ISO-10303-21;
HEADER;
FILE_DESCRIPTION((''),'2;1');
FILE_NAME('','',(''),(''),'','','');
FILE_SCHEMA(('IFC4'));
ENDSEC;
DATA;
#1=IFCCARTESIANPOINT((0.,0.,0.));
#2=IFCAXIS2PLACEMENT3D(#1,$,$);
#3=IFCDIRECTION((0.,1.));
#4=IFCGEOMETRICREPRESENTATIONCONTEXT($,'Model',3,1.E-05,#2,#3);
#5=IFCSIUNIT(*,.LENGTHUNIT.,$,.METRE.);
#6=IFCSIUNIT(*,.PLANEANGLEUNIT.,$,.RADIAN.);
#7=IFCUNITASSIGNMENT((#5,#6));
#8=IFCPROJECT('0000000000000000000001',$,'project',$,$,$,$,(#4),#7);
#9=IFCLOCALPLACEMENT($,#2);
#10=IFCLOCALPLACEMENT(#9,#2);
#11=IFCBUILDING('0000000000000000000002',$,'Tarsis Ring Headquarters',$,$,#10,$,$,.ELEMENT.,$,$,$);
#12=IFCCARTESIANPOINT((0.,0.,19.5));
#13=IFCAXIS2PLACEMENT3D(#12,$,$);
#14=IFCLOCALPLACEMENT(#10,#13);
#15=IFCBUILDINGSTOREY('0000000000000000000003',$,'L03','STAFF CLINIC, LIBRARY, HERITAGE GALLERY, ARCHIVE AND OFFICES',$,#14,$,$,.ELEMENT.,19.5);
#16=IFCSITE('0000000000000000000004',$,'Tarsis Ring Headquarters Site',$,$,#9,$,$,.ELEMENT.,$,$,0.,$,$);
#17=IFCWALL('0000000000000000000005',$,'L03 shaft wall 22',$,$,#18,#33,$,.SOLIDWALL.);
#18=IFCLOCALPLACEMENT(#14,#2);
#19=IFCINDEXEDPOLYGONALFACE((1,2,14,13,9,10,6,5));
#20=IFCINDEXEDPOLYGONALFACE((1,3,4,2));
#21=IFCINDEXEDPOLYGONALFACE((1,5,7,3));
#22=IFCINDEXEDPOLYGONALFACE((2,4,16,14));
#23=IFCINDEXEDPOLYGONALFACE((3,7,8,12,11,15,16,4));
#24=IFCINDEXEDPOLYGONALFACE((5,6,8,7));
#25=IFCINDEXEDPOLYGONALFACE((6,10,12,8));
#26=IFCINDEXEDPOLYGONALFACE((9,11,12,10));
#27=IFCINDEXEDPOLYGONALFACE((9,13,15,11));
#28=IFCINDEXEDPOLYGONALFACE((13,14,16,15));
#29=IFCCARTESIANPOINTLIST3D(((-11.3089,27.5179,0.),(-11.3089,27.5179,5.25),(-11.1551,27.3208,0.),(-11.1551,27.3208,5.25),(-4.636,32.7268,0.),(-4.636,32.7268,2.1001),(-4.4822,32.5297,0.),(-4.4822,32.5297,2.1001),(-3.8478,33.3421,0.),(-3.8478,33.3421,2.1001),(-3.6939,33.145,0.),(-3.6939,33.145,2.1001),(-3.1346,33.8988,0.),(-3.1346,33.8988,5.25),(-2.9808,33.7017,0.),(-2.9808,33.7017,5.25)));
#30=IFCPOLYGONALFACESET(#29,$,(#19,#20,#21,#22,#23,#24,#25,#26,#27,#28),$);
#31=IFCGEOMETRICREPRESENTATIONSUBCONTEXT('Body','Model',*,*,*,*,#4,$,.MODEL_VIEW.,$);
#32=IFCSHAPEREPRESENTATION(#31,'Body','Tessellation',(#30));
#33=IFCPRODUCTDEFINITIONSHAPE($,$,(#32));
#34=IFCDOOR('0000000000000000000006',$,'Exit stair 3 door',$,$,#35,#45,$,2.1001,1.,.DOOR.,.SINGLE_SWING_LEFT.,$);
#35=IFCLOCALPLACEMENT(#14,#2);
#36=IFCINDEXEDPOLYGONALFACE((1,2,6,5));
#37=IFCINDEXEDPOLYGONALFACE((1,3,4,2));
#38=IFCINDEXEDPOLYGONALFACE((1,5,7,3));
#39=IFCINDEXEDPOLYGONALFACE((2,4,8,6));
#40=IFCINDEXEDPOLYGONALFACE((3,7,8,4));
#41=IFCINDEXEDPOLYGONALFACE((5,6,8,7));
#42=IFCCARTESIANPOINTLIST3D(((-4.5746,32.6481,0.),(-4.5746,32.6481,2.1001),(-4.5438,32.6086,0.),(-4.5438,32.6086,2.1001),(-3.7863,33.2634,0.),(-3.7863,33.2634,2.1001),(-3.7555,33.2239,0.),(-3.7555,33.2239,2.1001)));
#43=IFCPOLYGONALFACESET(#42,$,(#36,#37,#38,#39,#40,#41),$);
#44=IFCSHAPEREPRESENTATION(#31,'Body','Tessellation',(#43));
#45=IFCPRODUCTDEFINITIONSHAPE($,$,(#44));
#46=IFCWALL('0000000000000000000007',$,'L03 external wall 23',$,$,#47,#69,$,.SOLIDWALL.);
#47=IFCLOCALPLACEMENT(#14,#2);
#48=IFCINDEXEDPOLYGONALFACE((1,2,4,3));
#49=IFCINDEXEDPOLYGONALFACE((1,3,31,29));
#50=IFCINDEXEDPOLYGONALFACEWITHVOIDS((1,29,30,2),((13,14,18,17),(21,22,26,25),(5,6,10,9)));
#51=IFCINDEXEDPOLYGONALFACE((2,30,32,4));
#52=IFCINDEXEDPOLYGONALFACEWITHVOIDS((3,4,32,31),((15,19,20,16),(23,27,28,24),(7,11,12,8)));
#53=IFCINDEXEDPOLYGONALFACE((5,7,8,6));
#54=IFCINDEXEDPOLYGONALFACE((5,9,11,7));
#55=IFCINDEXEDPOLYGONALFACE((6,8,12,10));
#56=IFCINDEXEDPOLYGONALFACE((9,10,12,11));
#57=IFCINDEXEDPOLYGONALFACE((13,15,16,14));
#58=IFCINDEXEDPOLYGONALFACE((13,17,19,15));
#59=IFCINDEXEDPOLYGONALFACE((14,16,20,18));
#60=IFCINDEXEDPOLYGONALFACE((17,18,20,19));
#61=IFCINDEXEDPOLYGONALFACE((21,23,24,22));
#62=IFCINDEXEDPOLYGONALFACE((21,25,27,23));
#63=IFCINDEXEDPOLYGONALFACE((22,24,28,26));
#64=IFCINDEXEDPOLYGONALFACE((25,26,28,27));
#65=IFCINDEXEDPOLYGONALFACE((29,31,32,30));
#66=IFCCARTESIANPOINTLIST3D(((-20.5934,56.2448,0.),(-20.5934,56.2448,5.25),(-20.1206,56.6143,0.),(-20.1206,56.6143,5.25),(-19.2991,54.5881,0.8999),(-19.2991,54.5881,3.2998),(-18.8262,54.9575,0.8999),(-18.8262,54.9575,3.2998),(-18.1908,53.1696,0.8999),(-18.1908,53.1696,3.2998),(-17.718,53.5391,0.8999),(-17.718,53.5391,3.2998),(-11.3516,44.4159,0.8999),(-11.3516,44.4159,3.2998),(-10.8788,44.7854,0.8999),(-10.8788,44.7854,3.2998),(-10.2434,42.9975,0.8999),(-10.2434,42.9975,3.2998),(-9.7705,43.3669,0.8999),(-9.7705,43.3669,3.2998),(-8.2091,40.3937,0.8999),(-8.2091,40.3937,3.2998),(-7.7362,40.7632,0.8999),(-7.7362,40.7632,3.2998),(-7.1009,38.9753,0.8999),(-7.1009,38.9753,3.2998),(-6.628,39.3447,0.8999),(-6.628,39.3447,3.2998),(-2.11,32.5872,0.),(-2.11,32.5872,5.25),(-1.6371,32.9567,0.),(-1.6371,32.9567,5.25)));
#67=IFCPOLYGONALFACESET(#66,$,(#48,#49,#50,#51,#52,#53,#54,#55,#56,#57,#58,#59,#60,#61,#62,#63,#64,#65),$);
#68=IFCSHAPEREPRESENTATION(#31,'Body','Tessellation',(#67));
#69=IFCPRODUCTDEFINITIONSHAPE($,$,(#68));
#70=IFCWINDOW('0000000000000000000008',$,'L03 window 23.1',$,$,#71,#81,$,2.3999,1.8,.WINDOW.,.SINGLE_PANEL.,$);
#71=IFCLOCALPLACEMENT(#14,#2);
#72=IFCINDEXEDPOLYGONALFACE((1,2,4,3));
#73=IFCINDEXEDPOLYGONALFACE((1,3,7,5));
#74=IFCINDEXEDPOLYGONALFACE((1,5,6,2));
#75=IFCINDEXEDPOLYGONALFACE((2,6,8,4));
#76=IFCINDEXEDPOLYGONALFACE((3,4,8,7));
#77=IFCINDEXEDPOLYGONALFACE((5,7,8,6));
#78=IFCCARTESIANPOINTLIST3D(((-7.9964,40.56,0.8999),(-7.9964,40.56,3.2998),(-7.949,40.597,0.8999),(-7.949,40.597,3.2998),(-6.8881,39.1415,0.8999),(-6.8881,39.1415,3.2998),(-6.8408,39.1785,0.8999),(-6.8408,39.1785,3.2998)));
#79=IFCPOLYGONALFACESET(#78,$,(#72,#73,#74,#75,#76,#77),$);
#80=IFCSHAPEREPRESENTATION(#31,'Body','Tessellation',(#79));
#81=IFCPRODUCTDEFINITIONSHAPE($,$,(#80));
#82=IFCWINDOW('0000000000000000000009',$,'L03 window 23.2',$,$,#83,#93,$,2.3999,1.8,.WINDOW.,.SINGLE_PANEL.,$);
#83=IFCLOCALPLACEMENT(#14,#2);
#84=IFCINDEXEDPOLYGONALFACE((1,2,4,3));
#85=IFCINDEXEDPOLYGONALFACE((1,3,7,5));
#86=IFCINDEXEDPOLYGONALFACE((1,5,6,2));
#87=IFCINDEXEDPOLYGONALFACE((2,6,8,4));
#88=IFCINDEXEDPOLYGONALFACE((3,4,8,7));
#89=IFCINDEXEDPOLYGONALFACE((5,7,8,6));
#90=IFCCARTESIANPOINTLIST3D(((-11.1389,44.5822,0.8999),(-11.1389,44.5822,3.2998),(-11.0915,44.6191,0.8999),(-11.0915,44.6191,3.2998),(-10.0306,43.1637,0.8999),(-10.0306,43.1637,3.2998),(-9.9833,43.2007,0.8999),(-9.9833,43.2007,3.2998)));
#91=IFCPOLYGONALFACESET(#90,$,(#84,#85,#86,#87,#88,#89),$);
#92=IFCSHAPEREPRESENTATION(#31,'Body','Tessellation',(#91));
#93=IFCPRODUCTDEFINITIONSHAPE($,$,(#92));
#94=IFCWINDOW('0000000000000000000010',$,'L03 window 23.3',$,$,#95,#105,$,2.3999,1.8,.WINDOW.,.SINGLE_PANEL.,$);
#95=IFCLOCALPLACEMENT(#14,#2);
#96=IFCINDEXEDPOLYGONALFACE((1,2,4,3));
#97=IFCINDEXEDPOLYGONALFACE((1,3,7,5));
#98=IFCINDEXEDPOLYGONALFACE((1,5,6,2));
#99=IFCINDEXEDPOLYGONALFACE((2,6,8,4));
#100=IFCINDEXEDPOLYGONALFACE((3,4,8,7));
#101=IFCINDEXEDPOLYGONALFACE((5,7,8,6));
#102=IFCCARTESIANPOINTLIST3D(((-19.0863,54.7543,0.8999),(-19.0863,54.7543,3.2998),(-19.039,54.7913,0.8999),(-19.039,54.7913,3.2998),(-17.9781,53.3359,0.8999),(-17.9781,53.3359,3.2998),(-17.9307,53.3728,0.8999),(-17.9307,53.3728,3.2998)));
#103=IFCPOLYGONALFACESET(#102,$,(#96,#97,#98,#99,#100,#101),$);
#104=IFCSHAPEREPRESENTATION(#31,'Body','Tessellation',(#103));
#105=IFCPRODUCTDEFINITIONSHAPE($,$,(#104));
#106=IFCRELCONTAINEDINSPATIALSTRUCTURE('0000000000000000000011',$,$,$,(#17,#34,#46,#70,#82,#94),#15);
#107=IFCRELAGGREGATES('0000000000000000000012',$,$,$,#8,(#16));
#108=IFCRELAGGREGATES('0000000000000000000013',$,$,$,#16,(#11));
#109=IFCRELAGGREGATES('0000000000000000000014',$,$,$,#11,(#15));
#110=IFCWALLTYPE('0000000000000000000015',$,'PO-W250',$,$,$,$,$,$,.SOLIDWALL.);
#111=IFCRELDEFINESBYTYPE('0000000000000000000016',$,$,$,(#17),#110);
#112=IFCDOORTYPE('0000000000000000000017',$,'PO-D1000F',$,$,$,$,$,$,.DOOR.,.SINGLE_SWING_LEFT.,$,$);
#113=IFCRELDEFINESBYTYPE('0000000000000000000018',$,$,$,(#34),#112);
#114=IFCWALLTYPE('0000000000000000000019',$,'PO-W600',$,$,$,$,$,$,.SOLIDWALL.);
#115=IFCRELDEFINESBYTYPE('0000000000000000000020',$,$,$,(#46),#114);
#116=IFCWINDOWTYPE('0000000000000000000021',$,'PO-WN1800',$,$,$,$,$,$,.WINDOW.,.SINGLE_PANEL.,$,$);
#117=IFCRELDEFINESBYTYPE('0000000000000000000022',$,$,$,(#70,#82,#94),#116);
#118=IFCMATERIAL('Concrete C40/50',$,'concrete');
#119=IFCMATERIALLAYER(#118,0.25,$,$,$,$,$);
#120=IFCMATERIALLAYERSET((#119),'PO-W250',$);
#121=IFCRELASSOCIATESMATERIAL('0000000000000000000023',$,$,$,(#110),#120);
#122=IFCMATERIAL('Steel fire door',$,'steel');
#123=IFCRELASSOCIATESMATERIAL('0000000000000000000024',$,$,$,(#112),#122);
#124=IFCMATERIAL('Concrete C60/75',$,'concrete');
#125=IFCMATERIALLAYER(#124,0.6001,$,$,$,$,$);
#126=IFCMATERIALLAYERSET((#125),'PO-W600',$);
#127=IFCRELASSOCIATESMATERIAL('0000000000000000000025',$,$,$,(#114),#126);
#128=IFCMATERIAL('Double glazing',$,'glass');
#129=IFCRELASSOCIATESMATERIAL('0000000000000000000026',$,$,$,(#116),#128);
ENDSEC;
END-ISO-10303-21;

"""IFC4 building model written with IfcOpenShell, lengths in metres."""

from ifc_helpers import new_model, si_unit, direction, frame, frame_2d, origin, place, context, subcontext, project, spatial, rectangle, extrude, material, layer, layer_set, type_object, element, fill, save


model = new_model("IFC4")

# Units and contexts
model_context = context("Model", 3, precision=1e-05, world=origin(), true_north=direction((0.0, 1.0)))
body_context = subcontext(model_context, "Body", "Model", "MODEL_VIEW")
ifc_project = project(units=[si_unit("LENGTHUNIT", "METRE"), si_unit("PLANEANGLEUNIT", "RADIAN")], contexts=[model_context])

# Site, building, storey
site_placement = place(None, origin())
site = spatial("IfcSite", under=ifc_project, at=site_placement, Name="Tarsis Ring Headquarters Site", CompositionType="ELEMENT", RefElevation=0.0)
building_placement = place(site_placement, origin())
building = spatial("IfcBuilding", under=site, at=building_placement, Name="Tarsis Ring Headquarters", CompositionType="ELEMENT")
storey_placement = place(building_placement, frame((0.0, 0.0, 19.5)))
storey = spatial("IfcBuildingStorey", under=building, at=storey_placement, Name="L03", Description="STAFF CLINIC, LIBRARY, HERITAGE GALLERY, ARCHIVE AND OFFICES", CompositionType="ELEMENT", Elevation=19.5)

# Shared definitions
ifc_material_1 = material(Name="Concrete C40/50", Category="concrete")
ifc_material_2 = material(Name="Concrete C60/75", Category="concrete")

# Wall, opening, door
ifc_layer_1 = layer(ifc_material_1, 0.25)
ifc_layer_set_1 = layer_set([ifc_layer_1], Name="PO-W250")
wall_type_1 = type_object("IfcWallType", Name="PO-W250", PredefinedType="SOLIDWALL", material=ifc_layer_set_1)
wall_1_placement = place(storey_placement, frame((-3.0576, 33.8003, 0.0), z_axis=(0.0, 0.0, 1.0), x_axis=(-0.788273, -0.615325, 0.0)))
wall_1 = element("IfcWall", 1, at=wall_1_placement, inside=storey, type_object=wall_type_1, Name="L03 shaft wall 22", PredefinedType="SOLIDWALL", context=body_context, shape_type="SweptSolid", body=[
    extrude(rectangle(XDim=10.3699, YDim=0.25, at=frame_2d((5.1851, 0.0))), origin(), (0.0, 0.0, 1.0), 5.25),
])
opening_1_placement = place(wall_1_placement, frame((0.9048, 0.0, 0.0)))
opening_1 = element("IfcOpeningElement", 2, at=opening_1_placement, cuts=wall_1, PredefinedType="OPENING", context=body_context, shape_type="SweptSolid", body=[
    extrude(rectangle(XDim=1.0, YDim=2.1001, at=frame_2d((0.5, 1.05))), frame((0.0, 0.135, 0.0), z_axis=(0.0, -1.0, 0.0), x_axis=(1.0, 0.0, 0.0)), (0.0, 0.0, 1.0), 0.27),
])
ifc_material_3 = material(Name="Steel fire door", Category="steel")
door_type = type_object("IfcDoorType", Name="PO-D1000F", OperationType="SINGLE_SWING_LEFT", PredefinedType="DOOR", material=ifc_material_3)
door_placement = place(opening_1_placement, origin())
door = element("IfcDoor", 3, at=door_placement, inside=storey, type_object=door_type, Name="Exit stair 3 door", OperationType="SINGLE_SWING_LEFT", OverallHeight=2.1001, OverallWidth=1.0, PredefinedType="DOOR", context=body_context, shape_type="SweptSolid", body=[
    extrude(rectangle(XDim=1.0, YDim=2.1001, at=frame_2d((0.5, 1.05))), frame((0.0, 0.0249, 0.0), z_axis=(0.0, -1.0, 0.0), x_axis=(1.0, 0.0, 0.0)), (0.0, 0.0, 1.0), 0.05),
])
fill(opening_1, door)

# Wall, openings, windows
ifc_layer_2 = layer(ifc_material_2, 0.6001)
ifc_layer_set_2 = layer_set([ifc_layer_2], Name="PO-W600")
wall_type_2 = type_object("IfcWallType", Name="PO-W600", PredefinedType="SOLIDWALL", material=ifc_layer_set_2)
wall_2_placement = place(storey_placement, frame((-1.8735, 32.772, 0.0), z_axis=(0.0, 0.0, 1.0), x_axis=(-0.615665, 0.788008, 0.0)))
wall_2 = element("IfcWall", 4, at=wall_2_placement, inside=storey, type_object=wall_type_2, Name="L03 external wall 23", PredefinedType="SOLIDWALL", context=body_context, shape_type="SweptSolid", body=[
    extrude(rectangle(XDim=30.022, YDim=0.6001, at=frame_2d((15.011, 0.0))), origin(), (0.0, 0.0, 1.0), 5.25),
])
opening_2_placement = place(wall_2_placement, frame((8.1067, 0.0, 0.8999)))
opening_2 = element("IfcOpeningElement", 5, at=opening_2_placement, cuts=wall_2, PredefinedType="OPENING", context=body_context, shape_type="SweptSolid", body=[
    extrude(rectangle(XDim=1.8, YDim=2.3999, at=frame_2d((0.8999, 1.2))), frame((0.0, 0.3101, 0.0), z_axis=(0.0, -1.0, 0.0), x_axis=(1.0, 0.0, 0.0)), (0.0, 0.0, 1.0), 0.6201),
])
opening_3_placement = place(wall_2_placement, frame((13.2109, 0.0, 0.8999)))
opening_3 = element("IfcOpeningElement", 6, at=opening_3_placement, cuts=wall_2, PredefinedType="OPENING", context=body_context, shape_type="SweptSolid", body=[
    extrude(rectangle(XDim=1.8, YDim=2.3999, at=frame_2d((0.8999, 1.2))), frame((0.0, 0.3101, 0.0), z_axis=(0.0, -1.0, 0.0), x_axis=(1.0, 0.0, 0.0)), (0.0, 0.0, 1.0), 0.6201),
])
opening_4_placement = place(wall_2_placement, frame((26.1196, 0.0, 0.8999)))
opening_4 = element("IfcOpeningElement", 7, at=opening_4_placement, cuts=wall_2, PredefinedType="OPENING", context=body_context, shape_type="SweptSolid", body=[
    extrude(rectangle(XDim=1.8, YDim=2.3999, at=frame_2d((0.8999, 1.2))), frame((0.0, 0.3101, 0.0), z_axis=(0.0, -1.0, 0.0), x_axis=(1.0, 0.0, 0.0)), (0.0, 0.0, 1.0), 0.6201),
])
ifc_material_4 = material(Name="Double glazing", Category="glass")
window_type = type_object("IfcWindowType", Name="PO-WN1800", PartitioningType="SINGLE_PANEL", PredefinedType="WINDOW", material=ifc_material_4)
window_1_placement = place(opening_2_placement, origin())
window_1 = element("IfcWindow", 8, at=window_1_placement, inside=storey, type_object=window_type, Name="L03 window 23.1", OverallHeight=2.3999, OverallWidth=1.8, PartitioningType="SINGLE_PANEL", PredefinedType="WINDOW", context=body_context, shape_type="SweptSolid", body=[
    extrude(rectangle(XDim=1.8, YDim=2.3999, at=frame_2d((0.8999, 1.2))), frame((0.0, 0.03, 0.0), z_axis=(0.0, -1.0, 0.0), x_axis=(1.0, 0.0, 0.0)), (0.0, 0.0, 1.0), 0.0601),
])
fill(opening_2, window_1)
window_2_placement = place(opening_3_placement, origin())
window_2 = element("IfcWindow", 9, at=window_2_placement, inside=storey, type_object=window_type, Name="L03 window 23.2", OverallHeight=2.3999, OverallWidth=1.8, PartitioningType="SINGLE_PANEL", PredefinedType="WINDOW", context=body_context, shape_type="SweptSolid", body=[
    extrude(rectangle(XDim=1.8, YDim=2.3999, at=frame_2d((0.8999, 1.2))), frame((0.0, 0.03, 0.0), z_axis=(0.0, -1.0, 0.0), x_axis=(1.0, 0.0, 0.0)), (0.0, 0.0, 1.0), 0.0601),
])
fill(opening_3, window_2)
window_3_placement = place(opening_4_placement, origin())
window_3 = element("IfcWindow", 10, at=window_3_placement, inside=storey, type_object=window_type, Name="L03 window 23.3", OverallHeight=2.3999, OverallWidth=1.8, PartitioningType="SINGLE_PANEL", PredefinedType="WINDOW", context=body_context, shape_type="SweptSolid", body=[
    extrude(rectangle(XDim=1.8, YDim=2.3999, at=frame_2d((0.8999, 1.2))), frame((0.0, 0.03, 0.0), z_axis=(0.0, -1.0, 0.0), x_axis=(1.0, 0.0, 0.0)), (0.0, 0.0, 1.0), 0.0601),
])
fill(opening_4, window_3)

save(model, "model.ifc")
